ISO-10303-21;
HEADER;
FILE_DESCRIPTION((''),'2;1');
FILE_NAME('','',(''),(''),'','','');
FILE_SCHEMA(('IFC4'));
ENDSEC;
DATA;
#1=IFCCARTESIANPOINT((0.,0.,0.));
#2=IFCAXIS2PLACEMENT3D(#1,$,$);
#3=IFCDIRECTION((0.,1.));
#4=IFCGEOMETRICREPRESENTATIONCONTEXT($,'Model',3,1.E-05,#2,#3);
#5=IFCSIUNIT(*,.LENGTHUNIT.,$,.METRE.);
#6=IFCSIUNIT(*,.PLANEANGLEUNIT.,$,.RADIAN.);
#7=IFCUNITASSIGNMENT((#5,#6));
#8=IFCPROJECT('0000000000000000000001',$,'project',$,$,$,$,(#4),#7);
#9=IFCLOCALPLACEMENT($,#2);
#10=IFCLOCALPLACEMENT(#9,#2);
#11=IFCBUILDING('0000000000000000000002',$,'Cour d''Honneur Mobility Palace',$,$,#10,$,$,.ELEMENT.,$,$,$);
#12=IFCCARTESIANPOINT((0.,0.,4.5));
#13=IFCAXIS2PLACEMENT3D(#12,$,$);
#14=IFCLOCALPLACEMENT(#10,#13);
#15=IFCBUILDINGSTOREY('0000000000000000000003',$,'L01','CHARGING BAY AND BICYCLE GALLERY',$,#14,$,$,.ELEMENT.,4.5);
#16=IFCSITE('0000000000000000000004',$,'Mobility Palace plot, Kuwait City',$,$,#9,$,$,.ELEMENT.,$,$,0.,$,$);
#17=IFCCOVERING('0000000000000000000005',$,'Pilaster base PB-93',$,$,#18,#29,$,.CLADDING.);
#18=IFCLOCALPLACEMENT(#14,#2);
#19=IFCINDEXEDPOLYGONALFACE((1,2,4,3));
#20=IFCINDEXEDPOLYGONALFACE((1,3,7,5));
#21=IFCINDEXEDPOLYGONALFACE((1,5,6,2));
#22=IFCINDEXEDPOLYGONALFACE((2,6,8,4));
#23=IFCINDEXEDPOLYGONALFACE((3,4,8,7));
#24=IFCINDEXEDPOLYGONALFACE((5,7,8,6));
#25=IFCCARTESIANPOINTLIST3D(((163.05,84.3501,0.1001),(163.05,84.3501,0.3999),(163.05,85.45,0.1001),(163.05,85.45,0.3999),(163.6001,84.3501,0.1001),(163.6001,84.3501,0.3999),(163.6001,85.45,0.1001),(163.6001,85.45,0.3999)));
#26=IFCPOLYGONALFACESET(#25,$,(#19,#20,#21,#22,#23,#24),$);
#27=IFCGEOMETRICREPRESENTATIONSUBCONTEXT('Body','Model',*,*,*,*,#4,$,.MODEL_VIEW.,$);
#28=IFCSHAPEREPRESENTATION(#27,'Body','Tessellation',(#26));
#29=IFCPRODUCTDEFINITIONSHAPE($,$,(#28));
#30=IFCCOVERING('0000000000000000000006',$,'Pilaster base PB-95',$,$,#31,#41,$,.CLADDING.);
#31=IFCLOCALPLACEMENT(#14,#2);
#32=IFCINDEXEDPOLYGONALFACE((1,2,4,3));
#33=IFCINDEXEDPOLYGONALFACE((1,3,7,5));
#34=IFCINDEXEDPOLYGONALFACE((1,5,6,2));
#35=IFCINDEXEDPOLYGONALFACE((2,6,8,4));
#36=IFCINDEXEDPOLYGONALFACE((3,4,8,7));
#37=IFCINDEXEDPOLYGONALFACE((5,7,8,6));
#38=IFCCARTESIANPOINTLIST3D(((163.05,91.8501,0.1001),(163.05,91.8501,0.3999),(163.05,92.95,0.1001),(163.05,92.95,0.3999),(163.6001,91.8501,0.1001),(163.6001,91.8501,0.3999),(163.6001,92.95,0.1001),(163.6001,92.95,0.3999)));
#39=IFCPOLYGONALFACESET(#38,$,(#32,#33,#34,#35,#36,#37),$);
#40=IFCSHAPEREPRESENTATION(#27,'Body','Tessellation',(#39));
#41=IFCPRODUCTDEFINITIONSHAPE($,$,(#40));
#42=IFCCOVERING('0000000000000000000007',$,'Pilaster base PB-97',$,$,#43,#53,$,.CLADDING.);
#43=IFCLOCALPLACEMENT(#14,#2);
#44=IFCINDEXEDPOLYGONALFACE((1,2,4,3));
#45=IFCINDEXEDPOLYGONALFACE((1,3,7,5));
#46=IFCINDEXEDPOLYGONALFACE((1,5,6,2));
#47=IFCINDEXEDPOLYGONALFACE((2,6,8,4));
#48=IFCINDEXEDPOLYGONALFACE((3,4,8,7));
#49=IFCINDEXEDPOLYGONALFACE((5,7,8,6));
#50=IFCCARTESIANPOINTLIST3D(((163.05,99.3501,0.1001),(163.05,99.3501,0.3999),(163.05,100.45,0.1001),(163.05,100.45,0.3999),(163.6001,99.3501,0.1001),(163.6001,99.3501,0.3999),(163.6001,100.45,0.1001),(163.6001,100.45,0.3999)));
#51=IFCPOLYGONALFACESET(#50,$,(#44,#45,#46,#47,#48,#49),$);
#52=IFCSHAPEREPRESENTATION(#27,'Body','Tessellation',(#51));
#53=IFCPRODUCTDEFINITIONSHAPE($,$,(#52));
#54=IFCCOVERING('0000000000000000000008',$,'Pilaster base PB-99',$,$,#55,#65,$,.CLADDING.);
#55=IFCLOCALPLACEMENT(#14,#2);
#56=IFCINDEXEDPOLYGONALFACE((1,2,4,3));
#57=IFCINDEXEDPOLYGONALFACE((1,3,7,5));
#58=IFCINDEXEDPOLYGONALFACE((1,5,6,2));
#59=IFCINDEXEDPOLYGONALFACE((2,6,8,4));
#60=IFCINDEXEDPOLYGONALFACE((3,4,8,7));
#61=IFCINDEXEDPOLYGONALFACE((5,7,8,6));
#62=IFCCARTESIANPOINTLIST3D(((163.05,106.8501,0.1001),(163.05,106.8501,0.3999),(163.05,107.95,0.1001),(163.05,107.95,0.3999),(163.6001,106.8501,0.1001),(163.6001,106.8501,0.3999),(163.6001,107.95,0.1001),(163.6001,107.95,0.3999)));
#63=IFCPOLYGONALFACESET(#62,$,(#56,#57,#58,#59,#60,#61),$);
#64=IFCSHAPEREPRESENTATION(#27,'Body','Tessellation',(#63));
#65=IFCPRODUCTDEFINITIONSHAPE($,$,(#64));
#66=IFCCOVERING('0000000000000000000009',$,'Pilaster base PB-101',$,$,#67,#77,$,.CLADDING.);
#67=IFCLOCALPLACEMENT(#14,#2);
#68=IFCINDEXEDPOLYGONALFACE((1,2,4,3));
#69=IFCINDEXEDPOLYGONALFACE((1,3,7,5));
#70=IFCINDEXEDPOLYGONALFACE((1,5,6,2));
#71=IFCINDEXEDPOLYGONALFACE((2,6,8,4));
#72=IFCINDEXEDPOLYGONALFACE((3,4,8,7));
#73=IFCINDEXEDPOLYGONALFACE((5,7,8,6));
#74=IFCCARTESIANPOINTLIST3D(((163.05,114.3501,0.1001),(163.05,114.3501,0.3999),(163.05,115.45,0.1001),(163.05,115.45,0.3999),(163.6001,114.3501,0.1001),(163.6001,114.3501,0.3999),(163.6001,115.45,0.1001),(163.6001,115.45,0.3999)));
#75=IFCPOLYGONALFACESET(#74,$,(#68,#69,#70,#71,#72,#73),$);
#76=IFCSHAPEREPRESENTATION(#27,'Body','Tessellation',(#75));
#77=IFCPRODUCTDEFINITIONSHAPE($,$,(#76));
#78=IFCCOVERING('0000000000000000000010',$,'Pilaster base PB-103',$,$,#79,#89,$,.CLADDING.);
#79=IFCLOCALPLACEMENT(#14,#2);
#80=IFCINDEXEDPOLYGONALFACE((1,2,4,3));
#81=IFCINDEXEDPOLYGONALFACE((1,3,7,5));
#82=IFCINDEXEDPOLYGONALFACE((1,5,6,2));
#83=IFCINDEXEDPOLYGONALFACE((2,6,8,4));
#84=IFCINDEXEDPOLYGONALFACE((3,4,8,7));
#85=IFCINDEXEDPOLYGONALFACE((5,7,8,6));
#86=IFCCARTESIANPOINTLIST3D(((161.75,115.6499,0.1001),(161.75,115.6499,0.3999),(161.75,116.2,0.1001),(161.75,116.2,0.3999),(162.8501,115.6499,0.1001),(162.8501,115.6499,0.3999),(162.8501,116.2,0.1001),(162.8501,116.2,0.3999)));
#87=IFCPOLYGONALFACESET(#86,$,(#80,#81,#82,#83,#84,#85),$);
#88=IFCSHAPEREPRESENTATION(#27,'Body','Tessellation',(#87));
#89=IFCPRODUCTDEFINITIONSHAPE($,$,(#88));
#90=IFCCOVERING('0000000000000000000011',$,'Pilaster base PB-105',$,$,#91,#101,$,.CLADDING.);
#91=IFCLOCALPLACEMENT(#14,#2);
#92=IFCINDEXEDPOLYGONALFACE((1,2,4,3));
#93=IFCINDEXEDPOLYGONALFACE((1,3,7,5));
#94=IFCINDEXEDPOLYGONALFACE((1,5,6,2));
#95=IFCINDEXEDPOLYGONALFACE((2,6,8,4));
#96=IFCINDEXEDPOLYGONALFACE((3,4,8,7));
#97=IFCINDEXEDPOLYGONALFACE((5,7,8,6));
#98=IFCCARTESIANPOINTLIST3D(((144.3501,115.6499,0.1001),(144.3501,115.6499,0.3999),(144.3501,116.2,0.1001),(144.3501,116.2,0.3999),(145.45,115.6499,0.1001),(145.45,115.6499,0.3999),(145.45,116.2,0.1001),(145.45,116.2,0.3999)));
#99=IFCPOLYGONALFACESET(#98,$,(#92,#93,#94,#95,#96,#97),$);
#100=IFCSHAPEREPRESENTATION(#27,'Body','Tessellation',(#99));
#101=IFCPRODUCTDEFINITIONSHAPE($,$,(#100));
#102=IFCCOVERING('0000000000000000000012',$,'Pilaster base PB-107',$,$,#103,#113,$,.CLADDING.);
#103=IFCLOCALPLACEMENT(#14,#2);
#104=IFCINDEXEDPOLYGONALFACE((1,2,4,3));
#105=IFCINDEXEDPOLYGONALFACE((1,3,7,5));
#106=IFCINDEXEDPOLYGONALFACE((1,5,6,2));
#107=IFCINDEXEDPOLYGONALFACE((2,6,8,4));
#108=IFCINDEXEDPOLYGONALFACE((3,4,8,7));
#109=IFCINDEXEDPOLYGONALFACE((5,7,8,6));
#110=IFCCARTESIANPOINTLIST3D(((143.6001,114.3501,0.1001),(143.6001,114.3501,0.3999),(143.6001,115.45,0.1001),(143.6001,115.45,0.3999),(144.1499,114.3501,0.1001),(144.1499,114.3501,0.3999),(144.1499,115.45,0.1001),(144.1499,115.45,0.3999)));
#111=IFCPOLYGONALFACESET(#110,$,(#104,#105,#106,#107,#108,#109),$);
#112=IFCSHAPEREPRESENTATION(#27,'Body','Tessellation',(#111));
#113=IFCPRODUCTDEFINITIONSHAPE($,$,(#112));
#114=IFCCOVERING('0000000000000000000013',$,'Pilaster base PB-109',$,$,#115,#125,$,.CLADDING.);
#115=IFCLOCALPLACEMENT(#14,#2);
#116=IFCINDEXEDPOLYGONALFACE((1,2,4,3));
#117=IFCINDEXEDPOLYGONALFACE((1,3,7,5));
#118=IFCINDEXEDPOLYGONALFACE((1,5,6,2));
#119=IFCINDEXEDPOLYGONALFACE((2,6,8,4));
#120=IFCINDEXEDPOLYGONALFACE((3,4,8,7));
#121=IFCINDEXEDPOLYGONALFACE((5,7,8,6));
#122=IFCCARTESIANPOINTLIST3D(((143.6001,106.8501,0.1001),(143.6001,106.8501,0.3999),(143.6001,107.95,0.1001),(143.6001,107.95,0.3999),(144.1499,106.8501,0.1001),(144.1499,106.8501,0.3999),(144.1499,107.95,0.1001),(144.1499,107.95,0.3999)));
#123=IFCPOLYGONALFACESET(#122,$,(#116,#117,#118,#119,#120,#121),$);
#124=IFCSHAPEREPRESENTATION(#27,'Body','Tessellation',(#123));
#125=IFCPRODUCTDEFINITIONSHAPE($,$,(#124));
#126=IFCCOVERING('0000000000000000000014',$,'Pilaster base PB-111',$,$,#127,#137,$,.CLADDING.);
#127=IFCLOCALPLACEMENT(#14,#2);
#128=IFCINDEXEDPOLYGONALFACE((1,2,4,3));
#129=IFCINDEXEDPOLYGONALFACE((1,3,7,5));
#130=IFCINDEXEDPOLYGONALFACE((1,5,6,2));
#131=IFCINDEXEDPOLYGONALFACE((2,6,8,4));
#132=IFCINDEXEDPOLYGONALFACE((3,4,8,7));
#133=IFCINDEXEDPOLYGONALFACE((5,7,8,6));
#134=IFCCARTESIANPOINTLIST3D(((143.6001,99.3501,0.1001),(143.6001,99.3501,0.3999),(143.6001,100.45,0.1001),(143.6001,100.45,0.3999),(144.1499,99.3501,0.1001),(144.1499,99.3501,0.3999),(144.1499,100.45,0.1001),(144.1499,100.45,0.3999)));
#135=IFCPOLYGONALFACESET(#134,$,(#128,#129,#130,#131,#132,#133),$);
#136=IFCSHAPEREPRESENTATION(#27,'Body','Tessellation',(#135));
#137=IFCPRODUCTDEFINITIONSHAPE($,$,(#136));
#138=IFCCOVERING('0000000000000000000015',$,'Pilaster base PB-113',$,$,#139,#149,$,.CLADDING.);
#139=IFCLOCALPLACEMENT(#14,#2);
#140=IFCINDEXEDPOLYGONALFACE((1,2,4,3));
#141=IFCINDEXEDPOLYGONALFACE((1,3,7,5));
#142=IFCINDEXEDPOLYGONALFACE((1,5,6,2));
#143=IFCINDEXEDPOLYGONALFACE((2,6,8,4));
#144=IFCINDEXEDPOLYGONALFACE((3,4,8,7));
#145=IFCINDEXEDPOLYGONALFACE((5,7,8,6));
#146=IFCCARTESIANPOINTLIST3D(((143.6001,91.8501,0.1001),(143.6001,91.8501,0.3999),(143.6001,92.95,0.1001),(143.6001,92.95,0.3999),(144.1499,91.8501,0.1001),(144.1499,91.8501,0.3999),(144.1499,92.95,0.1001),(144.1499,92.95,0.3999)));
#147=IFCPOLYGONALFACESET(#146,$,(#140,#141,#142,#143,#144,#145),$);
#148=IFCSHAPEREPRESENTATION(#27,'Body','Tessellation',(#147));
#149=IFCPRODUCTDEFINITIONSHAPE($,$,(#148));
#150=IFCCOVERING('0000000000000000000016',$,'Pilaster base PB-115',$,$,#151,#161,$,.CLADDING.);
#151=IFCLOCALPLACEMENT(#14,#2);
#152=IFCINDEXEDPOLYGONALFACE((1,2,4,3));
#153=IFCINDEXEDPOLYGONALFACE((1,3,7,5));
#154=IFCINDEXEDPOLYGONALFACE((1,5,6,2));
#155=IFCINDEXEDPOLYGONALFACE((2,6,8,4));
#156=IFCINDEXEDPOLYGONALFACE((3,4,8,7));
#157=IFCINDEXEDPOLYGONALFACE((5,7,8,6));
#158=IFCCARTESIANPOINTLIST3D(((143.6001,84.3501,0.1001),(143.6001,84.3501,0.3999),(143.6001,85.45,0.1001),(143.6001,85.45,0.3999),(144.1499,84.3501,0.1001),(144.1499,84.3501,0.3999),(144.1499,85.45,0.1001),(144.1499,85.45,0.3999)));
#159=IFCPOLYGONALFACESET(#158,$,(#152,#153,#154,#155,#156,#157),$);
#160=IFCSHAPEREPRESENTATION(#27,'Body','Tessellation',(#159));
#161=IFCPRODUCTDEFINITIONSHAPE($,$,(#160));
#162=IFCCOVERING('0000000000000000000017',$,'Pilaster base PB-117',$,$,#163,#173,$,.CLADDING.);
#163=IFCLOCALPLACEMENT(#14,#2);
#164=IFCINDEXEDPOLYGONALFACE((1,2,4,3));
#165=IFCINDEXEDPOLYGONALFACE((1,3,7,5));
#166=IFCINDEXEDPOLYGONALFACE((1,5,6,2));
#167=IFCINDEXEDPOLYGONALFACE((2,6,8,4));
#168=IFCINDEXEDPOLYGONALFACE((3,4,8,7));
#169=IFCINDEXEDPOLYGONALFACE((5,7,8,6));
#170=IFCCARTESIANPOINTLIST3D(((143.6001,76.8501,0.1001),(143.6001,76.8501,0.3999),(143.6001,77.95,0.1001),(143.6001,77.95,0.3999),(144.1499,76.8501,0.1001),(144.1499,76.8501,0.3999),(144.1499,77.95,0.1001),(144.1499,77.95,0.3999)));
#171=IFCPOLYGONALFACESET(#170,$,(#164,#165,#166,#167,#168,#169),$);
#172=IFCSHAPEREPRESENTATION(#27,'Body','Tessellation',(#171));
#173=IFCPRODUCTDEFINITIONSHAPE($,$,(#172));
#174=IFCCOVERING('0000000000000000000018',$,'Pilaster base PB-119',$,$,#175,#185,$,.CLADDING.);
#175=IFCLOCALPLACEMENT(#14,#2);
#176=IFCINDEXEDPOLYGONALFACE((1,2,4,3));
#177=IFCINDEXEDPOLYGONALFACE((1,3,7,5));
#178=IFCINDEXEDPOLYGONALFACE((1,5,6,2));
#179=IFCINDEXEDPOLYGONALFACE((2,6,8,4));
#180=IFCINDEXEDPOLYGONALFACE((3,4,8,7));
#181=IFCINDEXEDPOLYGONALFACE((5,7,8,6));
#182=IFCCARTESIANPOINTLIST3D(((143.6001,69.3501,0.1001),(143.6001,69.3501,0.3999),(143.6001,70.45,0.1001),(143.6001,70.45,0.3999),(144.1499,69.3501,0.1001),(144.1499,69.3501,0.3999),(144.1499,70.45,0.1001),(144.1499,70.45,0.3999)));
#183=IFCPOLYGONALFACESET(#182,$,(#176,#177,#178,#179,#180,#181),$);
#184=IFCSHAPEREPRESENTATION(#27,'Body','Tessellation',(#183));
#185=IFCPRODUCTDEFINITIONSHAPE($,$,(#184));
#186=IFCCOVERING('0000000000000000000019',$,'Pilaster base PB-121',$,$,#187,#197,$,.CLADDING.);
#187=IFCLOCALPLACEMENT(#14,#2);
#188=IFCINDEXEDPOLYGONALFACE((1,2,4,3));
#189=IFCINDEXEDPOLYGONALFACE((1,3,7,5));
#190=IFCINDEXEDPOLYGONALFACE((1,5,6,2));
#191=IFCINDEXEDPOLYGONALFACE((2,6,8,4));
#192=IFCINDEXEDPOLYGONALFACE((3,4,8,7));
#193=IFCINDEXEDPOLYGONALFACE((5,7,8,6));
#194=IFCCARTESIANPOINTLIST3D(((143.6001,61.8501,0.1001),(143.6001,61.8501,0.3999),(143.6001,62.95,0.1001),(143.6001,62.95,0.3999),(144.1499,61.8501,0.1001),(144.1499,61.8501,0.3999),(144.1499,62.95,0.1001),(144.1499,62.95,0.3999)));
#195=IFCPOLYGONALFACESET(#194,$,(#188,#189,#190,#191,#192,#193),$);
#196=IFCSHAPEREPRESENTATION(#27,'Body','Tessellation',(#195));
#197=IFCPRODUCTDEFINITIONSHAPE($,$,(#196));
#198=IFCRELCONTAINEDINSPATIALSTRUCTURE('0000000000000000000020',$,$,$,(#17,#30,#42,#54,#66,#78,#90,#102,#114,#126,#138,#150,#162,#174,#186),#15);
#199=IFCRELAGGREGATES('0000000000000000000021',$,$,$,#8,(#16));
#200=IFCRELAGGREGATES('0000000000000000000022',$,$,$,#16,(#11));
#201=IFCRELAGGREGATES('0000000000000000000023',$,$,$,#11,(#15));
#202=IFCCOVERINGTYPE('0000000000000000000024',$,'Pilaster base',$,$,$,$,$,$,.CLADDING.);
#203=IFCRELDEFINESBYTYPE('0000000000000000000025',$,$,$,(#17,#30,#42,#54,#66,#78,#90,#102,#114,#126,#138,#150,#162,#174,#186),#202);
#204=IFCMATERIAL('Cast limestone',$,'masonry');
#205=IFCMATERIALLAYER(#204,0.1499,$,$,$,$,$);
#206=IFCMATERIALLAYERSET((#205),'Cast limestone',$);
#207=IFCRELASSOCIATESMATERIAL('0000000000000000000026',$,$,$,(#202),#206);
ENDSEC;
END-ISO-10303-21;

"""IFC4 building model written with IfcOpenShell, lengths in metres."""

from ifc_helpers import new_model, si_unit, direction, frame, origin, place, context, subcontext, project, spatial, polyline, outline, extrude, material, layer, layer_set, type_object, element, save


model = new_model("IFC4")

# Units and contexts
model_context = context("Model", 3, precision=1e-05, world=origin(), true_north=direction((0.0, 1.0)))
body_context = subcontext(model_context, "Body", "Model", "MODEL_VIEW")
ifc_project = project(units=[si_unit("LENGTHUNIT", "METRE"), si_unit("PLANEANGLEUNIT", "RADIAN")], contexts=[model_context])

# Site, building, storey
site_placement = place(None, origin())
site = spatial("IfcSite", under=ifc_project, at=site_placement, Name="Mobility Palace plot, Kuwait City", CompositionType="ELEMENT", RefElevation=0.0)
building_placement = place(site_placement, origin())
building = spatial("IfcBuilding", under=site, at=building_placement, Name="Cour d'Honneur Mobility Palace", CompositionType="ELEMENT")
storey_placement = place(building_placement, frame((0.0, 0.0, 4.5)))
storey = spatial("IfcBuildingStorey", under=building, at=storey_placement, Name="L01", Description="CHARGING BAY AND BICYCLE GALLERY", CompositionType="ELEMENT", Elevation=4.5)

# Coverings
ifc_material = material(Name="Cast limestone", Category="masonry")
ifc_layer = layer(ifc_material, 0.1499)
ifc_layer_set = layer_set([ifc_layer], Name="Cast limestone")
covering_type = type_object("IfcCoveringType", Name="Pilaster base", PredefinedType="CLADDING", material=ifc_layer_set)
covering_1_placement = place(storey_placement, frame((0.0, 0.0, 0.1001)))
element("IfcCovering", 1, at=covering_1_placement, inside=storey, type_object=covering_type, Name="Pilaster base PB-93", PredefinedType="CLADDING", context=body_context, shape_type="SweptSolid", body=[
    extrude(outline(polyline([(163.05, 84.3501), (163.05, 85.45), (163.6001, 85.45), (163.6001, 84.3501), (163.05, 84.3501)])), origin(), (0.0, 0.0, 1.0), 0.2998),
])
covering_2_placement = place(storey_placement, frame((0.0, 0.0, 0.1001)))
element("IfcCovering", 2, at=covering_2_placement, inside=storey, type_object=covering_type, Name="Pilaster base PB-95", PredefinedType="CLADDING", context=body_context, shape_type="SweptSolid", body=[
    extrude(outline(polyline([(163.05, 91.8501), (163.05, 92.95), (163.6001, 92.95), (163.6001, 91.8501), (163.05, 91.8501)])), origin(), (0.0, 0.0, 1.0), 0.2998),
])
covering_3_placement = place(storey_placement, frame((0.0, 0.0, 0.1001)))
element("IfcCovering", 3, at=covering_3_placement, inside=storey, type_object=covering_type, Name="Pilaster base PB-97", PredefinedType="CLADDING", context=body_context, shape_type="SweptSolid", body=[
    extrude(outline(polyline([(163.05, 99.3501), (163.05, 100.45), (163.6001, 100.45), (163.6001, 99.3501), (163.05, 99.3501)])), origin(), (0.0, 0.0, 1.0), 0.2998),
])
covering_4_placement = place(storey_placement, frame((0.0, 0.0, 0.1001)))
element("IfcCovering", 4, at=covering_4_placement, inside=storey, type_object=covering_type, Name="Pilaster base PB-99", PredefinedType="CLADDING", context=body_context, shape_type="SweptSolid", body=[
    extrude(outline(polyline([(163.05, 106.8501), (163.05, 107.95), (163.6001, 107.95), (163.6001, 106.8501), (163.05, 106.8501)])), origin(), (0.0, 0.0, 1.0), 0.2998),
])
covering_5_placement = place(storey_placement, frame((0.0, 0.0, 0.1001)))
element("IfcCovering", 5, at=covering_5_placement, inside=storey, type_object=covering_type, Name="Pilaster base PB-101", PredefinedType="CLADDING", context=body_context, shape_type="SweptSolid", body=[
    extrude(outline(polyline([(163.05, 114.3501), (163.05, 115.45), (163.6001, 115.45), (163.6001, 114.3501), (163.05, 114.3501)])), origin(), (0.0, 0.0, 1.0), 0.2998),
])
covering_6_placement = place(storey_placement, frame((0.0, 0.0, 0.1001)))
element("IfcCovering", 6, at=covering_6_placement, inside=storey, type_object=covering_type, Name="Pilaster base PB-103", PredefinedType="CLADDING", context=body_context, shape_type="SweptSolid", body=[
    extrude(outline(polyline([(162.8501, 115.6499), (161.75, 115.6499), (161.75, 116.2), (162.8501, 116.2), (162.8501, 115.6499)])), origin(), (0.0, 0.0, 1.0), 0.2998),
])
covering_7_placement = place(storey_placement, frame((0.0, 0.0, 0.1001)))
element("IfcCovering", 7, at=covering_7_placement, inside=storey, type_object=covering_type, Name="Pilaster base PB-105", PredefinedType="CLADDING", context=body_context, shape_type="SweptSolid", body=[
    extrude(outline(polyline([(145.45, 115.6499), (144.3501, 115.6499), (144.3501, 116.2), (145.45, 116.2), (145.45, 115.6499)])), origin(), (0.0, 0.0, 1.0), 0.2998),
])
covering_8_placement = place(storey_placement, frame((0.0, 0.0, 0.1001)))
element("IfcCovering", 8, at=covering_8_placement, inside=storey, type_object=covering_type, Name="Pilaster base PB-107", PredefinedType="CLADDING", context=body_context, shape_type="SweptSolid", body=[
    extrude(outline(polyline([(144.1499, 115.45), (144.1499, 114.3501), (143.6001, 114.3501), (143.6001, 115.45), (144.1499, 115.45)])), origin(), (0.0, 0.0, 1.0), 0.2998),
])
covering_9_placement = place(storey_placement, frame((0.0, 0.0, 0.1001)))
element("IfcCovering", 9, at=covering_9_placement, inside=storey, type_object=covering_type, Name="Pilaster base PB-109", PredefinedType="CLADDING", context=body_context, shape_type="SweptSolid", body=[
    extrude(outline(polyline([(144.1499, 107.95), (144.1499, 106.8501), (143.6001, 106.8501), (143.6001, 107.95), (144.1499, 107.95)])), origin(), (0.0, 0.0, 1.0), 0.2998),
])
covering_10_placement = place(storey_placement, frame((0.0, 0.0, 0.1001)))
element("IfcCovering", 10, at=covering_10_placement, inside=storey, type_object=covering_type, Name="Pilaster base PB-111", PredefinedType="CLADDING", context=body_context, shape_type="SweptSolid", body=[
    extrude(outline(polyline([(144.1499, 100.45), (144.1499, 99.3501), (143.6001, 99.3501), (143.6001, 100.45), (144.1499, 100.45)])), origin(), (0.0, 0.0, 1.0), 0.2998),
])
covering_11_placement = place(storey_placement, frame((0.0, 0.0, 0.1001)))
element("IfcCovering", 11, at=covering_11_placement, inside=storey, type_object=covering_type, Name="Pilaster base PB-113", PredefinedType="CLADDING", context=body_context, shape_type="SweptSolid", body=[
    extrude(outline(polyline([(144.1499, 92.95), (144.1499, 91.8501), (143.6001, 91.8501), (143.6001, 92.95), (144.1499, 92.95)])), origin(), (0.0, 0.0, 1.0), 0.2998),
])
covering_12_placement = place(storey_placement, frame((0.0, 0.0, 0.1001)))
element("IfcCovering", 12, at=covering_12_placement, inside=storey, type_object=covering_type, Name="Pilaster base PB-115", PredefinedType="CLADDING", context=body_context, shape_type="SweptSolid", body=[
    extrude(outline(polyline([(144.1499, 85.45), (144.1499, 84.3501), (143.6001, 84.3501), (143.6001, 85.45), (144.1499, 85.45)])), origin(), (0.0, 0.0, 1.0), 0.2998),
])
covering_13_placement = place(storey_placement, frame((0.0, 0.0, 0.1001)))
element("IfcCovering", 13, at=covering_13_placement, inside=storey, type_object=covering_type, Name="Pilaster base PB-117", PredefinedType="CLADDING", context=body_context, shape_type="SweptSolid", body=[
    extrude(outline(polyline([(144.1499, 77.95), (144.1499, 76.8501), (143.6001, 76.8501), (143.6001, 77.95), (144.1499, 77.95)])), origin(), (0.0, 0.0, 1.0), 0.2998),
])
covering_14_placement = place(storey_placement, frame((0.0, 0.0, 0.1001)))
element("IfcCovering", 14, at=covering_14_placement, inside=storey, type_object=covering_type, Name="Pilaster base PB-119", PredefinedType="CLADDING", context=body_context, shape_type="SweptSolid", body=[
    extrude(outline(polyline([(144.1499, 70.45), (144.1499, 69.3501), (143.6001, 69.3501), (143.6001, 70.45), (144.1499, 70.45)])), origin(), (0.0, 0.0, 1.0), 0.2998),
])
covering_15_placement = place(storey_placement, frame((0.0, 0.0, 0.1001)))
element("IfcCovering", 15, at=covering_15_placement, inside=storey, type_object=covering_type, Name="Pilaster base PB-121", PredefinedType="CLADDING", context=body_context, shape_type="SweptSolid", body=[
    extrude(outline(polyline([(144.1499, 62.95), (144.1499, 61.8501), (143.6001, 61.8501), (143.6001, 62.95), (144.1499, 62.95)])), origin(), (0.0, 0.0, 1.0), 0.2998),
])

save(model, "model.ifc")
